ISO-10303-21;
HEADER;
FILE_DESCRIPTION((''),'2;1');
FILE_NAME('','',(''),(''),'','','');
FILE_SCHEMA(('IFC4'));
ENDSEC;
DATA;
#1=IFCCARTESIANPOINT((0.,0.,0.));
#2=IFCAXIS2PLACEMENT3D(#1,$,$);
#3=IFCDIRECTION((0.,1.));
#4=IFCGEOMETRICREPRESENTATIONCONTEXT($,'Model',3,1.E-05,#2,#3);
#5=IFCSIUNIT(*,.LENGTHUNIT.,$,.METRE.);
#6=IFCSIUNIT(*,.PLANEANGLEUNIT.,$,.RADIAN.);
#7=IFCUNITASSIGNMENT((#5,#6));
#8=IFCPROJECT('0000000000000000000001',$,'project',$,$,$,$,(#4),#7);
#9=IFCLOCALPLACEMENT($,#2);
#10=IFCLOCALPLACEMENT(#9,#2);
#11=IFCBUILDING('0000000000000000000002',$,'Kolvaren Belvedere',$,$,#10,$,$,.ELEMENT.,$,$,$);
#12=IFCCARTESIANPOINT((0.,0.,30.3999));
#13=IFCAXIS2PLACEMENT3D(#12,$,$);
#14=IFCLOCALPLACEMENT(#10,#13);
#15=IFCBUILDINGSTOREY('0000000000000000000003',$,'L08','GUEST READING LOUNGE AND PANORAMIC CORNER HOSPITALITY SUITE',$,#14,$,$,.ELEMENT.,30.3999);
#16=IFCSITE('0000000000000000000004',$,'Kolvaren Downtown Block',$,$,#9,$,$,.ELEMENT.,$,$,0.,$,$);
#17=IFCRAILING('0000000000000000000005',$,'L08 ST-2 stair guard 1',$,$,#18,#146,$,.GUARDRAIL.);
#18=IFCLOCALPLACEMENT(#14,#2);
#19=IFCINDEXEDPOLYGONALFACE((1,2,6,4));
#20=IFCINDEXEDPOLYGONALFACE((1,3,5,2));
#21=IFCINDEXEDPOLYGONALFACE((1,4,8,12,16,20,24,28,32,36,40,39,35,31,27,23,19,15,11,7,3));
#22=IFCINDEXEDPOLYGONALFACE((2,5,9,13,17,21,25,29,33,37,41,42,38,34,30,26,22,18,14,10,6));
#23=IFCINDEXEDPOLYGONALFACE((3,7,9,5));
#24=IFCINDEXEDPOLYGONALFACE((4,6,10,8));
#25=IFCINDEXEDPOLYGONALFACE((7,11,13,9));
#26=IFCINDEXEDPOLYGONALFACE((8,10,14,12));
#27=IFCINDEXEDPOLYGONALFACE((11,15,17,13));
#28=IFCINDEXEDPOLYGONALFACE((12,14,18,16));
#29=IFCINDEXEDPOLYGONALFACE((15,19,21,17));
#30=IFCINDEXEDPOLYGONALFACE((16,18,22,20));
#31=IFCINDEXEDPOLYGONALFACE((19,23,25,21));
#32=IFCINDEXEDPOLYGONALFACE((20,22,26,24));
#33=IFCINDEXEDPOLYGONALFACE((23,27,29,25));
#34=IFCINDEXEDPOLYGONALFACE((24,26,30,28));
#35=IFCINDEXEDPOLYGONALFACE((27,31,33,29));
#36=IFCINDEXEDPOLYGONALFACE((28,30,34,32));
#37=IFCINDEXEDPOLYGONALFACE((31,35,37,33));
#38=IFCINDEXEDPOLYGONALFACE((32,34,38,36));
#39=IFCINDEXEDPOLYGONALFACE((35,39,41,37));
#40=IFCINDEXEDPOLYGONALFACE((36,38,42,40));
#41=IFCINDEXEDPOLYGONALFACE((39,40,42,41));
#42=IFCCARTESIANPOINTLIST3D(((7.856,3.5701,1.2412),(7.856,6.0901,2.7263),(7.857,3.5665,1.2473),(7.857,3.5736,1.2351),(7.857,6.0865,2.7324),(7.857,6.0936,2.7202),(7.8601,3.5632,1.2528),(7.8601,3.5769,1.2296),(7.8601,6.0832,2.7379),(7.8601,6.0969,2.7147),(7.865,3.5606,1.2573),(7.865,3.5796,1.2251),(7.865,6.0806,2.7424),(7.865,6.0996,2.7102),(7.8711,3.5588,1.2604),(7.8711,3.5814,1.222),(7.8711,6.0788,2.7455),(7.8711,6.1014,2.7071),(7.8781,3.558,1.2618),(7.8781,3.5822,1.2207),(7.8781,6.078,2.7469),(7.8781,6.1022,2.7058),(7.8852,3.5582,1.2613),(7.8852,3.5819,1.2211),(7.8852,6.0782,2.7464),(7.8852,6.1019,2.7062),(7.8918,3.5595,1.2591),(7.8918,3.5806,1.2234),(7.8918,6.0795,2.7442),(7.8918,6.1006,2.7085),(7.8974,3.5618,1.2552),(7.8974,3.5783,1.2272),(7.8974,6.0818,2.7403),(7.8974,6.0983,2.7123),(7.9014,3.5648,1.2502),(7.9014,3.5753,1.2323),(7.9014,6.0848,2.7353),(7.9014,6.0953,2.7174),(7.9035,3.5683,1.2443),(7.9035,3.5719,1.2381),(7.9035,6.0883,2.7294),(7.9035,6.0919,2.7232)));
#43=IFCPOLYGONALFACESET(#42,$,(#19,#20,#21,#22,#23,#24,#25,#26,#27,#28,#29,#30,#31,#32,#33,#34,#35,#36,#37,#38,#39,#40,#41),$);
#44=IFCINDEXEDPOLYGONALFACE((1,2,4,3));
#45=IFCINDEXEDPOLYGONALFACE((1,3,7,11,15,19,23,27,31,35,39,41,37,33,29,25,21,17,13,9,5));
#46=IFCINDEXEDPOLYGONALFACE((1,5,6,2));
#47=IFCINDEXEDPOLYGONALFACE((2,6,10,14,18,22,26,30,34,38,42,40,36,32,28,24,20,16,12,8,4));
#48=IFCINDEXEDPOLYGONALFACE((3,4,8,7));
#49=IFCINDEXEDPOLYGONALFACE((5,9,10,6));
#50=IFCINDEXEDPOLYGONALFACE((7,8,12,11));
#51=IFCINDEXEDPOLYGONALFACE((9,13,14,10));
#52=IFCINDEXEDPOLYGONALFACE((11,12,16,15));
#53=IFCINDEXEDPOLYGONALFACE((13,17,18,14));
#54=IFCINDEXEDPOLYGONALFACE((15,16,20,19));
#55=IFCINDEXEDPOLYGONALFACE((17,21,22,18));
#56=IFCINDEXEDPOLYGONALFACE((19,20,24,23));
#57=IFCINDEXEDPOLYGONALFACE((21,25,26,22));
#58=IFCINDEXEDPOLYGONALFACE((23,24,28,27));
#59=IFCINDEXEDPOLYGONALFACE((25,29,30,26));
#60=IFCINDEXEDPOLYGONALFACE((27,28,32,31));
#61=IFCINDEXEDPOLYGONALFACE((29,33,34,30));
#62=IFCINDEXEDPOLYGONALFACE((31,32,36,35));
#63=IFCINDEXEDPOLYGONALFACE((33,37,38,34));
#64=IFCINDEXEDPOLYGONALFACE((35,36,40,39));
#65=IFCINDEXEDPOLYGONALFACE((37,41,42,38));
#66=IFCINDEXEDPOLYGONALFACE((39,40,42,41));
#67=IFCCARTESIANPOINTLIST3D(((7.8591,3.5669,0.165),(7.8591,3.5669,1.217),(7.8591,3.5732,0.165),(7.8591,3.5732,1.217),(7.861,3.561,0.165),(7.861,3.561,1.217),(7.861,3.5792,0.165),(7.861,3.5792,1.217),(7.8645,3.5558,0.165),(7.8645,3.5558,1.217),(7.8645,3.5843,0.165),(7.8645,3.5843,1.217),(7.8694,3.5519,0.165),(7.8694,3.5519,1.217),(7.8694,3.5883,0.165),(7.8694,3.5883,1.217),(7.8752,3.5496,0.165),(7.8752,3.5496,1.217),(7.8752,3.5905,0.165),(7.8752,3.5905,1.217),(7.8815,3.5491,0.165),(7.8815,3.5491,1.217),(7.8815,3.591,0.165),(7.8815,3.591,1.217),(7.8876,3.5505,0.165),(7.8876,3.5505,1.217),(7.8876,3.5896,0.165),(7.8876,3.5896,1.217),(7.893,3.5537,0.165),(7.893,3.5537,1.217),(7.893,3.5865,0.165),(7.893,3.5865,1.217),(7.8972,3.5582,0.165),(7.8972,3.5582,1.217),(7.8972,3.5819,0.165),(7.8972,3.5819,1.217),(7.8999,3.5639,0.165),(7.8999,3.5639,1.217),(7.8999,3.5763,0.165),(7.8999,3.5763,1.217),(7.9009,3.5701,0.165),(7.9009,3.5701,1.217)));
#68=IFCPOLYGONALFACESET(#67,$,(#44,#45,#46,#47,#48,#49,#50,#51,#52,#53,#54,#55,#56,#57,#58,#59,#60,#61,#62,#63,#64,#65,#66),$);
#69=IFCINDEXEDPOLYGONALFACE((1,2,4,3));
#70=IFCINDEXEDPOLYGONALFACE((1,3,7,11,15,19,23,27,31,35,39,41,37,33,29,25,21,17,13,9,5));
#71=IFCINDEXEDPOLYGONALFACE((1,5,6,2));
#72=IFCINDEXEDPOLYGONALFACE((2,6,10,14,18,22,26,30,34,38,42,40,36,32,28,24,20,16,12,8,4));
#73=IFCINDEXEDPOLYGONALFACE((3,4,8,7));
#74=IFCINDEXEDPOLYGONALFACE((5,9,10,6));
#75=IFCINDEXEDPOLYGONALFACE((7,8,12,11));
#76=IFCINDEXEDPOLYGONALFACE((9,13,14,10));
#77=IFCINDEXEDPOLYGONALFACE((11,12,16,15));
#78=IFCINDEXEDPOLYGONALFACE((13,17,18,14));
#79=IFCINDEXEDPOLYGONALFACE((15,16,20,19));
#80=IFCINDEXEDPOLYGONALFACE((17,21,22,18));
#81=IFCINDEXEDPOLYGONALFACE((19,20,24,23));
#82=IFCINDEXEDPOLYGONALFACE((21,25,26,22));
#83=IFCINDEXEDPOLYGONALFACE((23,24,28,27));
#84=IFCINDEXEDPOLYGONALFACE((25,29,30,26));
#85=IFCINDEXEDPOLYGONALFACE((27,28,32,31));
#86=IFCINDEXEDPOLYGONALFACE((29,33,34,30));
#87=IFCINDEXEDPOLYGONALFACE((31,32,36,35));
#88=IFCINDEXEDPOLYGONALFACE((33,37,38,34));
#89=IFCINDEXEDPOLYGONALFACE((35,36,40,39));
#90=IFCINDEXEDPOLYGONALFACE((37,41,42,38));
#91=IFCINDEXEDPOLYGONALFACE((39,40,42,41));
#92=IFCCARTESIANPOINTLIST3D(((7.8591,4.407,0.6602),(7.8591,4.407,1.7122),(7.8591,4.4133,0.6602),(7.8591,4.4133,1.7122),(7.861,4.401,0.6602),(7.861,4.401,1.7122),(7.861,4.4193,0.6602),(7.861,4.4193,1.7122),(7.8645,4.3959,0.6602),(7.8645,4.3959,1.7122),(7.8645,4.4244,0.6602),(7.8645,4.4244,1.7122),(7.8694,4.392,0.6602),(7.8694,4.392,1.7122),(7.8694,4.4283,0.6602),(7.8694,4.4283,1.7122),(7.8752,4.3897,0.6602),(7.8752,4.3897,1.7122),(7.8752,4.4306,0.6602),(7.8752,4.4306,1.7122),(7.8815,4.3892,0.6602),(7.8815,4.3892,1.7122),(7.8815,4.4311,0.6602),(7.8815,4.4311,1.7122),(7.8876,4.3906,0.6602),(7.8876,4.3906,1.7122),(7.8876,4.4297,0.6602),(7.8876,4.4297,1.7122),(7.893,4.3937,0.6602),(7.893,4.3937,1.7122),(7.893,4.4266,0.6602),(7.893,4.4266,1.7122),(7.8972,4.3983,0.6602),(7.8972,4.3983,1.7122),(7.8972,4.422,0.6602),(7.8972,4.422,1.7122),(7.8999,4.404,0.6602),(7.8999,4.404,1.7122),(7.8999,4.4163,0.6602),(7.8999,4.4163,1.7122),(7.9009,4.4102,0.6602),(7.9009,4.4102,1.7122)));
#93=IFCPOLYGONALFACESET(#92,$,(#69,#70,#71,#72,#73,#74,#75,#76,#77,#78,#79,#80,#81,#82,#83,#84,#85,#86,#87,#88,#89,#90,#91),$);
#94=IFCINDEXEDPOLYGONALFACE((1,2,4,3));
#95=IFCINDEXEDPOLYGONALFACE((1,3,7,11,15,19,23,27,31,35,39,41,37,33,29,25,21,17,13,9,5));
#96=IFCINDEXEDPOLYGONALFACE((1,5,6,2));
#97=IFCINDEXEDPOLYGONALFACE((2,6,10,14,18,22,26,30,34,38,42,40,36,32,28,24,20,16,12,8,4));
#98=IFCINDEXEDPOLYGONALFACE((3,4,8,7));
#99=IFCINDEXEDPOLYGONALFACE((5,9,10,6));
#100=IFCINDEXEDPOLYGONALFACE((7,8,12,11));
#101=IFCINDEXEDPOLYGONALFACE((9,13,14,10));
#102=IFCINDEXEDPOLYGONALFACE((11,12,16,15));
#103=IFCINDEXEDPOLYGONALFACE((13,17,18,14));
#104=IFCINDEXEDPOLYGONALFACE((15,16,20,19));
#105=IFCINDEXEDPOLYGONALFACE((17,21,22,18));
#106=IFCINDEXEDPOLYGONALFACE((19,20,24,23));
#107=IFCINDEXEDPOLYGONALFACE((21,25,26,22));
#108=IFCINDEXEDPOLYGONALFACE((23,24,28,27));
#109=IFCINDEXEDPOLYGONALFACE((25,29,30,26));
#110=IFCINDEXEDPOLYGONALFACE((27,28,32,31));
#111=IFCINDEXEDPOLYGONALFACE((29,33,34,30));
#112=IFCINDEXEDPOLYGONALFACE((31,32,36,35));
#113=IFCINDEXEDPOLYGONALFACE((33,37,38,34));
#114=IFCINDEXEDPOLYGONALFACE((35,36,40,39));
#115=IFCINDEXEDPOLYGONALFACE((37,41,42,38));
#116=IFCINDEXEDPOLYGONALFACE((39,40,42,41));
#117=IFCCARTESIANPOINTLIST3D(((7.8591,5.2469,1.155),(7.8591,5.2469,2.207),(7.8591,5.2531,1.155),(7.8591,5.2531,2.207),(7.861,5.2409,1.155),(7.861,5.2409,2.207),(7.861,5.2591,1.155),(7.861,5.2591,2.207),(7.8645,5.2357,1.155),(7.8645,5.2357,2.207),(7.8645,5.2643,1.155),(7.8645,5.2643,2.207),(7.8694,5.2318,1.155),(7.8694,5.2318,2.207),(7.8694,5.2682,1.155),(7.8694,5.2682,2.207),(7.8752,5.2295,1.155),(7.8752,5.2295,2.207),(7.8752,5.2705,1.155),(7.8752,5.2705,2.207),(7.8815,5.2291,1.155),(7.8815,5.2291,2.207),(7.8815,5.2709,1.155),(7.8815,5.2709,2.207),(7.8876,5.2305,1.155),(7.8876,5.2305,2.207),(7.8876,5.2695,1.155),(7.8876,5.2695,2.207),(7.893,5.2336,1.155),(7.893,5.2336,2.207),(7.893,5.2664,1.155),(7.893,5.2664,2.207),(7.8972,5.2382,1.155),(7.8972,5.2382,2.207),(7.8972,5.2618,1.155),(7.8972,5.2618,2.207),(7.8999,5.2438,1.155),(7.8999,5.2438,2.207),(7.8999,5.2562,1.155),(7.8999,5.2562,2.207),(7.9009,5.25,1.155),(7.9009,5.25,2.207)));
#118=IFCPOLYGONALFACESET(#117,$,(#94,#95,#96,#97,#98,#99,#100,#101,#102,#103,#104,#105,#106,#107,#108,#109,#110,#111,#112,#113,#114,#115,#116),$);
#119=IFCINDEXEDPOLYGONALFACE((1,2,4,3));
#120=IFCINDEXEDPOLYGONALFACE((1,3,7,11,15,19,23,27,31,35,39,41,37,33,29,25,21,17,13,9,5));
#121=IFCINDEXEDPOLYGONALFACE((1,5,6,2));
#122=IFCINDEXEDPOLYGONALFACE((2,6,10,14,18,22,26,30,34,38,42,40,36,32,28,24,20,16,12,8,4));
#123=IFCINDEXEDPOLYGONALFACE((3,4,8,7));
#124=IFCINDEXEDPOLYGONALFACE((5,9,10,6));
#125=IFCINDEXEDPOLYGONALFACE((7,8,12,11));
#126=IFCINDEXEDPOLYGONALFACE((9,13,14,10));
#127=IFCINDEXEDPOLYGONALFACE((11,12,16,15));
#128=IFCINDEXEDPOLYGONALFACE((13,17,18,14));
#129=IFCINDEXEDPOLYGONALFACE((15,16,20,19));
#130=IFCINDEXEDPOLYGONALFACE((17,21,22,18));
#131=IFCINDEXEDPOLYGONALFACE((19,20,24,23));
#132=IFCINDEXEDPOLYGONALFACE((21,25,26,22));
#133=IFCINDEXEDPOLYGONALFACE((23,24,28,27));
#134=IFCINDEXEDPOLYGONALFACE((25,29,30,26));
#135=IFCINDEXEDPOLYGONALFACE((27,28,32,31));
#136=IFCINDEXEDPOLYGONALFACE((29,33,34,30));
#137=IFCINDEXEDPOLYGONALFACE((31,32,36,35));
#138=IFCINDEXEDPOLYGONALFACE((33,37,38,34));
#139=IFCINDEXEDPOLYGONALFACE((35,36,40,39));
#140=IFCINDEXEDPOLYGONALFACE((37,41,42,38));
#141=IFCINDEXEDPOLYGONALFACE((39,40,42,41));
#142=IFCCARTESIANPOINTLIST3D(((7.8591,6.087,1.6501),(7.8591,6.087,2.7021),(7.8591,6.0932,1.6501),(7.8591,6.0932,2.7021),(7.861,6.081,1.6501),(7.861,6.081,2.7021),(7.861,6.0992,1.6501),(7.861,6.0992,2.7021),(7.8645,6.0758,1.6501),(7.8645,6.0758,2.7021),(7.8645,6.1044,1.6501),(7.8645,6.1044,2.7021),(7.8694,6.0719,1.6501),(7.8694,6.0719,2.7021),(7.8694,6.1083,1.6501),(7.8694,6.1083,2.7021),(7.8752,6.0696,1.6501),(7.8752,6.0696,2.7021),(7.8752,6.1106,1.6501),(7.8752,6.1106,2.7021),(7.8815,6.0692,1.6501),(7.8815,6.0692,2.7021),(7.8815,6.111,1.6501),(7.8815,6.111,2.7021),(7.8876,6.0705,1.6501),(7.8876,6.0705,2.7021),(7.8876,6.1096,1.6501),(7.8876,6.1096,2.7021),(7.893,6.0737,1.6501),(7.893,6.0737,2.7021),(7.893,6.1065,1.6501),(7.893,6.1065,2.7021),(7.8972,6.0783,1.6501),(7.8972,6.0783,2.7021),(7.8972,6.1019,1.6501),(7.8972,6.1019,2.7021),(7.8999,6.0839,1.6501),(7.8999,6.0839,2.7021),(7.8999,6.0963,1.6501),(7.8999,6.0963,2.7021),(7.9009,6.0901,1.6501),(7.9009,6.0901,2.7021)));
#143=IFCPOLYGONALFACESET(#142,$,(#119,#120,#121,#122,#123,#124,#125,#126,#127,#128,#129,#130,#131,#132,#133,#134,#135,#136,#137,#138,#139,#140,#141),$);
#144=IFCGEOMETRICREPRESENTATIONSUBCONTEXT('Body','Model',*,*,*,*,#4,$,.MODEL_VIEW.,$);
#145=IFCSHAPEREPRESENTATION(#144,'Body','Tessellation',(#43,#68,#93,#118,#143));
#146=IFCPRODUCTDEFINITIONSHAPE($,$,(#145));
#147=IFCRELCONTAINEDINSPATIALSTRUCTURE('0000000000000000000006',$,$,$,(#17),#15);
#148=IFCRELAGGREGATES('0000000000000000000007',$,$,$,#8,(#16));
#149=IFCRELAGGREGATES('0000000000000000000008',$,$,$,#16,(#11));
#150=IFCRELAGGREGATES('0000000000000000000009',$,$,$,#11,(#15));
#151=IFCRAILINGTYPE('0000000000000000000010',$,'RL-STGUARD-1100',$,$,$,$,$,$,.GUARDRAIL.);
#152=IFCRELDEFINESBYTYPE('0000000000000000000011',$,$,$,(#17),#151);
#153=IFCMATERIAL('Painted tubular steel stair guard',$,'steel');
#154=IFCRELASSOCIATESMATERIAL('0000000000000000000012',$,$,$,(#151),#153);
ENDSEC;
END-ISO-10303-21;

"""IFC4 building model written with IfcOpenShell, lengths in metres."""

from ifc_helpers import new_model, si_unit, direction, frame, origin, origin_2d, place, context, subcontext, project, spatial, circle, extrude, material, type_object, element, save


model = new_model("IFC4")

# Units and contexts
model_context = context("Model", 3, precision=1e-05, world=origin(), true_north=direction((0.0, 1.0)))
body_context = subcontext(model_context, "Body", "Model", "MODEL_VIEW")
ifc_project = project(units=[si_unit("LENGTHUNIT", "METRE"), si_unit("PLANEANGLEUNIT", "RADIAN")], contexts=[model_context])

# Site, building, storey
site_placement = place(None, origin())
site = spatial("IfcSite", under=ifc_project, at=site_placement, Name="Kolvaren Downtown Block", CompositionType="ELEMENT", RefElevation=0.0)
building_placement = place(site_placement, origin())
building = spatial("IfcBuilding", under=site, at=building_placement, Name="Kolvaren Belvedere", CompositionType="ELEMENT")
storey_placement = place(building_placement, frame((0.0, 0.0, 30.3999)))
storey = spatial("IfcBuildingStorey", under=building, at=storey_placement, Name="L08", Description="GUEST READING LOUNGE AND PANORAMIC CORNER HOSPITALITY SUITE", CompositionType="ELEMENT", Elevation=30.3999)

# Railing
ifc_material_1 = material(Name="Painted tubular steel stair guard", Category="steel")
railing_type_1 = type_object("IfcRailingType", Name="RL-STGUARD-1100", PredefinedType="GUARDRAIL", material=ifc_material_1)
railing_1_placement = place(storey_placement, frame((7.8799, 3.5701, 0.165)))
element("IfcRailing", 1, at=railing_1_placement, inside=storey, type_object=railing_type_1, Name="L08 ST-2 stair guard 1", PredefinedType="GUARDRAIL", context=body_context, shape_type="SweptSolid", body=[
    extrude(circle(Radius=0.0239, at=origin_2d()), frame((0.0, 0.0, 1.0762), z_axis=(0.0, 0.861524, 0.507717), x_axis=(-1.0, 0.0, 0.0)), (0.0, 0.0, 1.0), 2.925),
    extrude(circle(Radius=0.021, at=origin_2d()), origin(), (0.0, 0.0, 1.0), 1.052),
    extrude(circle(Radius=0.021, at=origin_2d()), frame((0.0, 0.8401, 0.4951)), (0.0, 0.0, 1.0), 1.052),
    extrude(circle(Radius=0.021, at=origin_2d()), frame((0.0, 1.6799, 0.99)), (0.0, 0.0, 1.0), 1.052),
    extrude(circle(Radius=0.021, at=origin_2d()), frame((0.0, 2.52, 1.4851)), (0.0, 0.0, 1.0), 1.052),
])

save(model, "model.ifc")
